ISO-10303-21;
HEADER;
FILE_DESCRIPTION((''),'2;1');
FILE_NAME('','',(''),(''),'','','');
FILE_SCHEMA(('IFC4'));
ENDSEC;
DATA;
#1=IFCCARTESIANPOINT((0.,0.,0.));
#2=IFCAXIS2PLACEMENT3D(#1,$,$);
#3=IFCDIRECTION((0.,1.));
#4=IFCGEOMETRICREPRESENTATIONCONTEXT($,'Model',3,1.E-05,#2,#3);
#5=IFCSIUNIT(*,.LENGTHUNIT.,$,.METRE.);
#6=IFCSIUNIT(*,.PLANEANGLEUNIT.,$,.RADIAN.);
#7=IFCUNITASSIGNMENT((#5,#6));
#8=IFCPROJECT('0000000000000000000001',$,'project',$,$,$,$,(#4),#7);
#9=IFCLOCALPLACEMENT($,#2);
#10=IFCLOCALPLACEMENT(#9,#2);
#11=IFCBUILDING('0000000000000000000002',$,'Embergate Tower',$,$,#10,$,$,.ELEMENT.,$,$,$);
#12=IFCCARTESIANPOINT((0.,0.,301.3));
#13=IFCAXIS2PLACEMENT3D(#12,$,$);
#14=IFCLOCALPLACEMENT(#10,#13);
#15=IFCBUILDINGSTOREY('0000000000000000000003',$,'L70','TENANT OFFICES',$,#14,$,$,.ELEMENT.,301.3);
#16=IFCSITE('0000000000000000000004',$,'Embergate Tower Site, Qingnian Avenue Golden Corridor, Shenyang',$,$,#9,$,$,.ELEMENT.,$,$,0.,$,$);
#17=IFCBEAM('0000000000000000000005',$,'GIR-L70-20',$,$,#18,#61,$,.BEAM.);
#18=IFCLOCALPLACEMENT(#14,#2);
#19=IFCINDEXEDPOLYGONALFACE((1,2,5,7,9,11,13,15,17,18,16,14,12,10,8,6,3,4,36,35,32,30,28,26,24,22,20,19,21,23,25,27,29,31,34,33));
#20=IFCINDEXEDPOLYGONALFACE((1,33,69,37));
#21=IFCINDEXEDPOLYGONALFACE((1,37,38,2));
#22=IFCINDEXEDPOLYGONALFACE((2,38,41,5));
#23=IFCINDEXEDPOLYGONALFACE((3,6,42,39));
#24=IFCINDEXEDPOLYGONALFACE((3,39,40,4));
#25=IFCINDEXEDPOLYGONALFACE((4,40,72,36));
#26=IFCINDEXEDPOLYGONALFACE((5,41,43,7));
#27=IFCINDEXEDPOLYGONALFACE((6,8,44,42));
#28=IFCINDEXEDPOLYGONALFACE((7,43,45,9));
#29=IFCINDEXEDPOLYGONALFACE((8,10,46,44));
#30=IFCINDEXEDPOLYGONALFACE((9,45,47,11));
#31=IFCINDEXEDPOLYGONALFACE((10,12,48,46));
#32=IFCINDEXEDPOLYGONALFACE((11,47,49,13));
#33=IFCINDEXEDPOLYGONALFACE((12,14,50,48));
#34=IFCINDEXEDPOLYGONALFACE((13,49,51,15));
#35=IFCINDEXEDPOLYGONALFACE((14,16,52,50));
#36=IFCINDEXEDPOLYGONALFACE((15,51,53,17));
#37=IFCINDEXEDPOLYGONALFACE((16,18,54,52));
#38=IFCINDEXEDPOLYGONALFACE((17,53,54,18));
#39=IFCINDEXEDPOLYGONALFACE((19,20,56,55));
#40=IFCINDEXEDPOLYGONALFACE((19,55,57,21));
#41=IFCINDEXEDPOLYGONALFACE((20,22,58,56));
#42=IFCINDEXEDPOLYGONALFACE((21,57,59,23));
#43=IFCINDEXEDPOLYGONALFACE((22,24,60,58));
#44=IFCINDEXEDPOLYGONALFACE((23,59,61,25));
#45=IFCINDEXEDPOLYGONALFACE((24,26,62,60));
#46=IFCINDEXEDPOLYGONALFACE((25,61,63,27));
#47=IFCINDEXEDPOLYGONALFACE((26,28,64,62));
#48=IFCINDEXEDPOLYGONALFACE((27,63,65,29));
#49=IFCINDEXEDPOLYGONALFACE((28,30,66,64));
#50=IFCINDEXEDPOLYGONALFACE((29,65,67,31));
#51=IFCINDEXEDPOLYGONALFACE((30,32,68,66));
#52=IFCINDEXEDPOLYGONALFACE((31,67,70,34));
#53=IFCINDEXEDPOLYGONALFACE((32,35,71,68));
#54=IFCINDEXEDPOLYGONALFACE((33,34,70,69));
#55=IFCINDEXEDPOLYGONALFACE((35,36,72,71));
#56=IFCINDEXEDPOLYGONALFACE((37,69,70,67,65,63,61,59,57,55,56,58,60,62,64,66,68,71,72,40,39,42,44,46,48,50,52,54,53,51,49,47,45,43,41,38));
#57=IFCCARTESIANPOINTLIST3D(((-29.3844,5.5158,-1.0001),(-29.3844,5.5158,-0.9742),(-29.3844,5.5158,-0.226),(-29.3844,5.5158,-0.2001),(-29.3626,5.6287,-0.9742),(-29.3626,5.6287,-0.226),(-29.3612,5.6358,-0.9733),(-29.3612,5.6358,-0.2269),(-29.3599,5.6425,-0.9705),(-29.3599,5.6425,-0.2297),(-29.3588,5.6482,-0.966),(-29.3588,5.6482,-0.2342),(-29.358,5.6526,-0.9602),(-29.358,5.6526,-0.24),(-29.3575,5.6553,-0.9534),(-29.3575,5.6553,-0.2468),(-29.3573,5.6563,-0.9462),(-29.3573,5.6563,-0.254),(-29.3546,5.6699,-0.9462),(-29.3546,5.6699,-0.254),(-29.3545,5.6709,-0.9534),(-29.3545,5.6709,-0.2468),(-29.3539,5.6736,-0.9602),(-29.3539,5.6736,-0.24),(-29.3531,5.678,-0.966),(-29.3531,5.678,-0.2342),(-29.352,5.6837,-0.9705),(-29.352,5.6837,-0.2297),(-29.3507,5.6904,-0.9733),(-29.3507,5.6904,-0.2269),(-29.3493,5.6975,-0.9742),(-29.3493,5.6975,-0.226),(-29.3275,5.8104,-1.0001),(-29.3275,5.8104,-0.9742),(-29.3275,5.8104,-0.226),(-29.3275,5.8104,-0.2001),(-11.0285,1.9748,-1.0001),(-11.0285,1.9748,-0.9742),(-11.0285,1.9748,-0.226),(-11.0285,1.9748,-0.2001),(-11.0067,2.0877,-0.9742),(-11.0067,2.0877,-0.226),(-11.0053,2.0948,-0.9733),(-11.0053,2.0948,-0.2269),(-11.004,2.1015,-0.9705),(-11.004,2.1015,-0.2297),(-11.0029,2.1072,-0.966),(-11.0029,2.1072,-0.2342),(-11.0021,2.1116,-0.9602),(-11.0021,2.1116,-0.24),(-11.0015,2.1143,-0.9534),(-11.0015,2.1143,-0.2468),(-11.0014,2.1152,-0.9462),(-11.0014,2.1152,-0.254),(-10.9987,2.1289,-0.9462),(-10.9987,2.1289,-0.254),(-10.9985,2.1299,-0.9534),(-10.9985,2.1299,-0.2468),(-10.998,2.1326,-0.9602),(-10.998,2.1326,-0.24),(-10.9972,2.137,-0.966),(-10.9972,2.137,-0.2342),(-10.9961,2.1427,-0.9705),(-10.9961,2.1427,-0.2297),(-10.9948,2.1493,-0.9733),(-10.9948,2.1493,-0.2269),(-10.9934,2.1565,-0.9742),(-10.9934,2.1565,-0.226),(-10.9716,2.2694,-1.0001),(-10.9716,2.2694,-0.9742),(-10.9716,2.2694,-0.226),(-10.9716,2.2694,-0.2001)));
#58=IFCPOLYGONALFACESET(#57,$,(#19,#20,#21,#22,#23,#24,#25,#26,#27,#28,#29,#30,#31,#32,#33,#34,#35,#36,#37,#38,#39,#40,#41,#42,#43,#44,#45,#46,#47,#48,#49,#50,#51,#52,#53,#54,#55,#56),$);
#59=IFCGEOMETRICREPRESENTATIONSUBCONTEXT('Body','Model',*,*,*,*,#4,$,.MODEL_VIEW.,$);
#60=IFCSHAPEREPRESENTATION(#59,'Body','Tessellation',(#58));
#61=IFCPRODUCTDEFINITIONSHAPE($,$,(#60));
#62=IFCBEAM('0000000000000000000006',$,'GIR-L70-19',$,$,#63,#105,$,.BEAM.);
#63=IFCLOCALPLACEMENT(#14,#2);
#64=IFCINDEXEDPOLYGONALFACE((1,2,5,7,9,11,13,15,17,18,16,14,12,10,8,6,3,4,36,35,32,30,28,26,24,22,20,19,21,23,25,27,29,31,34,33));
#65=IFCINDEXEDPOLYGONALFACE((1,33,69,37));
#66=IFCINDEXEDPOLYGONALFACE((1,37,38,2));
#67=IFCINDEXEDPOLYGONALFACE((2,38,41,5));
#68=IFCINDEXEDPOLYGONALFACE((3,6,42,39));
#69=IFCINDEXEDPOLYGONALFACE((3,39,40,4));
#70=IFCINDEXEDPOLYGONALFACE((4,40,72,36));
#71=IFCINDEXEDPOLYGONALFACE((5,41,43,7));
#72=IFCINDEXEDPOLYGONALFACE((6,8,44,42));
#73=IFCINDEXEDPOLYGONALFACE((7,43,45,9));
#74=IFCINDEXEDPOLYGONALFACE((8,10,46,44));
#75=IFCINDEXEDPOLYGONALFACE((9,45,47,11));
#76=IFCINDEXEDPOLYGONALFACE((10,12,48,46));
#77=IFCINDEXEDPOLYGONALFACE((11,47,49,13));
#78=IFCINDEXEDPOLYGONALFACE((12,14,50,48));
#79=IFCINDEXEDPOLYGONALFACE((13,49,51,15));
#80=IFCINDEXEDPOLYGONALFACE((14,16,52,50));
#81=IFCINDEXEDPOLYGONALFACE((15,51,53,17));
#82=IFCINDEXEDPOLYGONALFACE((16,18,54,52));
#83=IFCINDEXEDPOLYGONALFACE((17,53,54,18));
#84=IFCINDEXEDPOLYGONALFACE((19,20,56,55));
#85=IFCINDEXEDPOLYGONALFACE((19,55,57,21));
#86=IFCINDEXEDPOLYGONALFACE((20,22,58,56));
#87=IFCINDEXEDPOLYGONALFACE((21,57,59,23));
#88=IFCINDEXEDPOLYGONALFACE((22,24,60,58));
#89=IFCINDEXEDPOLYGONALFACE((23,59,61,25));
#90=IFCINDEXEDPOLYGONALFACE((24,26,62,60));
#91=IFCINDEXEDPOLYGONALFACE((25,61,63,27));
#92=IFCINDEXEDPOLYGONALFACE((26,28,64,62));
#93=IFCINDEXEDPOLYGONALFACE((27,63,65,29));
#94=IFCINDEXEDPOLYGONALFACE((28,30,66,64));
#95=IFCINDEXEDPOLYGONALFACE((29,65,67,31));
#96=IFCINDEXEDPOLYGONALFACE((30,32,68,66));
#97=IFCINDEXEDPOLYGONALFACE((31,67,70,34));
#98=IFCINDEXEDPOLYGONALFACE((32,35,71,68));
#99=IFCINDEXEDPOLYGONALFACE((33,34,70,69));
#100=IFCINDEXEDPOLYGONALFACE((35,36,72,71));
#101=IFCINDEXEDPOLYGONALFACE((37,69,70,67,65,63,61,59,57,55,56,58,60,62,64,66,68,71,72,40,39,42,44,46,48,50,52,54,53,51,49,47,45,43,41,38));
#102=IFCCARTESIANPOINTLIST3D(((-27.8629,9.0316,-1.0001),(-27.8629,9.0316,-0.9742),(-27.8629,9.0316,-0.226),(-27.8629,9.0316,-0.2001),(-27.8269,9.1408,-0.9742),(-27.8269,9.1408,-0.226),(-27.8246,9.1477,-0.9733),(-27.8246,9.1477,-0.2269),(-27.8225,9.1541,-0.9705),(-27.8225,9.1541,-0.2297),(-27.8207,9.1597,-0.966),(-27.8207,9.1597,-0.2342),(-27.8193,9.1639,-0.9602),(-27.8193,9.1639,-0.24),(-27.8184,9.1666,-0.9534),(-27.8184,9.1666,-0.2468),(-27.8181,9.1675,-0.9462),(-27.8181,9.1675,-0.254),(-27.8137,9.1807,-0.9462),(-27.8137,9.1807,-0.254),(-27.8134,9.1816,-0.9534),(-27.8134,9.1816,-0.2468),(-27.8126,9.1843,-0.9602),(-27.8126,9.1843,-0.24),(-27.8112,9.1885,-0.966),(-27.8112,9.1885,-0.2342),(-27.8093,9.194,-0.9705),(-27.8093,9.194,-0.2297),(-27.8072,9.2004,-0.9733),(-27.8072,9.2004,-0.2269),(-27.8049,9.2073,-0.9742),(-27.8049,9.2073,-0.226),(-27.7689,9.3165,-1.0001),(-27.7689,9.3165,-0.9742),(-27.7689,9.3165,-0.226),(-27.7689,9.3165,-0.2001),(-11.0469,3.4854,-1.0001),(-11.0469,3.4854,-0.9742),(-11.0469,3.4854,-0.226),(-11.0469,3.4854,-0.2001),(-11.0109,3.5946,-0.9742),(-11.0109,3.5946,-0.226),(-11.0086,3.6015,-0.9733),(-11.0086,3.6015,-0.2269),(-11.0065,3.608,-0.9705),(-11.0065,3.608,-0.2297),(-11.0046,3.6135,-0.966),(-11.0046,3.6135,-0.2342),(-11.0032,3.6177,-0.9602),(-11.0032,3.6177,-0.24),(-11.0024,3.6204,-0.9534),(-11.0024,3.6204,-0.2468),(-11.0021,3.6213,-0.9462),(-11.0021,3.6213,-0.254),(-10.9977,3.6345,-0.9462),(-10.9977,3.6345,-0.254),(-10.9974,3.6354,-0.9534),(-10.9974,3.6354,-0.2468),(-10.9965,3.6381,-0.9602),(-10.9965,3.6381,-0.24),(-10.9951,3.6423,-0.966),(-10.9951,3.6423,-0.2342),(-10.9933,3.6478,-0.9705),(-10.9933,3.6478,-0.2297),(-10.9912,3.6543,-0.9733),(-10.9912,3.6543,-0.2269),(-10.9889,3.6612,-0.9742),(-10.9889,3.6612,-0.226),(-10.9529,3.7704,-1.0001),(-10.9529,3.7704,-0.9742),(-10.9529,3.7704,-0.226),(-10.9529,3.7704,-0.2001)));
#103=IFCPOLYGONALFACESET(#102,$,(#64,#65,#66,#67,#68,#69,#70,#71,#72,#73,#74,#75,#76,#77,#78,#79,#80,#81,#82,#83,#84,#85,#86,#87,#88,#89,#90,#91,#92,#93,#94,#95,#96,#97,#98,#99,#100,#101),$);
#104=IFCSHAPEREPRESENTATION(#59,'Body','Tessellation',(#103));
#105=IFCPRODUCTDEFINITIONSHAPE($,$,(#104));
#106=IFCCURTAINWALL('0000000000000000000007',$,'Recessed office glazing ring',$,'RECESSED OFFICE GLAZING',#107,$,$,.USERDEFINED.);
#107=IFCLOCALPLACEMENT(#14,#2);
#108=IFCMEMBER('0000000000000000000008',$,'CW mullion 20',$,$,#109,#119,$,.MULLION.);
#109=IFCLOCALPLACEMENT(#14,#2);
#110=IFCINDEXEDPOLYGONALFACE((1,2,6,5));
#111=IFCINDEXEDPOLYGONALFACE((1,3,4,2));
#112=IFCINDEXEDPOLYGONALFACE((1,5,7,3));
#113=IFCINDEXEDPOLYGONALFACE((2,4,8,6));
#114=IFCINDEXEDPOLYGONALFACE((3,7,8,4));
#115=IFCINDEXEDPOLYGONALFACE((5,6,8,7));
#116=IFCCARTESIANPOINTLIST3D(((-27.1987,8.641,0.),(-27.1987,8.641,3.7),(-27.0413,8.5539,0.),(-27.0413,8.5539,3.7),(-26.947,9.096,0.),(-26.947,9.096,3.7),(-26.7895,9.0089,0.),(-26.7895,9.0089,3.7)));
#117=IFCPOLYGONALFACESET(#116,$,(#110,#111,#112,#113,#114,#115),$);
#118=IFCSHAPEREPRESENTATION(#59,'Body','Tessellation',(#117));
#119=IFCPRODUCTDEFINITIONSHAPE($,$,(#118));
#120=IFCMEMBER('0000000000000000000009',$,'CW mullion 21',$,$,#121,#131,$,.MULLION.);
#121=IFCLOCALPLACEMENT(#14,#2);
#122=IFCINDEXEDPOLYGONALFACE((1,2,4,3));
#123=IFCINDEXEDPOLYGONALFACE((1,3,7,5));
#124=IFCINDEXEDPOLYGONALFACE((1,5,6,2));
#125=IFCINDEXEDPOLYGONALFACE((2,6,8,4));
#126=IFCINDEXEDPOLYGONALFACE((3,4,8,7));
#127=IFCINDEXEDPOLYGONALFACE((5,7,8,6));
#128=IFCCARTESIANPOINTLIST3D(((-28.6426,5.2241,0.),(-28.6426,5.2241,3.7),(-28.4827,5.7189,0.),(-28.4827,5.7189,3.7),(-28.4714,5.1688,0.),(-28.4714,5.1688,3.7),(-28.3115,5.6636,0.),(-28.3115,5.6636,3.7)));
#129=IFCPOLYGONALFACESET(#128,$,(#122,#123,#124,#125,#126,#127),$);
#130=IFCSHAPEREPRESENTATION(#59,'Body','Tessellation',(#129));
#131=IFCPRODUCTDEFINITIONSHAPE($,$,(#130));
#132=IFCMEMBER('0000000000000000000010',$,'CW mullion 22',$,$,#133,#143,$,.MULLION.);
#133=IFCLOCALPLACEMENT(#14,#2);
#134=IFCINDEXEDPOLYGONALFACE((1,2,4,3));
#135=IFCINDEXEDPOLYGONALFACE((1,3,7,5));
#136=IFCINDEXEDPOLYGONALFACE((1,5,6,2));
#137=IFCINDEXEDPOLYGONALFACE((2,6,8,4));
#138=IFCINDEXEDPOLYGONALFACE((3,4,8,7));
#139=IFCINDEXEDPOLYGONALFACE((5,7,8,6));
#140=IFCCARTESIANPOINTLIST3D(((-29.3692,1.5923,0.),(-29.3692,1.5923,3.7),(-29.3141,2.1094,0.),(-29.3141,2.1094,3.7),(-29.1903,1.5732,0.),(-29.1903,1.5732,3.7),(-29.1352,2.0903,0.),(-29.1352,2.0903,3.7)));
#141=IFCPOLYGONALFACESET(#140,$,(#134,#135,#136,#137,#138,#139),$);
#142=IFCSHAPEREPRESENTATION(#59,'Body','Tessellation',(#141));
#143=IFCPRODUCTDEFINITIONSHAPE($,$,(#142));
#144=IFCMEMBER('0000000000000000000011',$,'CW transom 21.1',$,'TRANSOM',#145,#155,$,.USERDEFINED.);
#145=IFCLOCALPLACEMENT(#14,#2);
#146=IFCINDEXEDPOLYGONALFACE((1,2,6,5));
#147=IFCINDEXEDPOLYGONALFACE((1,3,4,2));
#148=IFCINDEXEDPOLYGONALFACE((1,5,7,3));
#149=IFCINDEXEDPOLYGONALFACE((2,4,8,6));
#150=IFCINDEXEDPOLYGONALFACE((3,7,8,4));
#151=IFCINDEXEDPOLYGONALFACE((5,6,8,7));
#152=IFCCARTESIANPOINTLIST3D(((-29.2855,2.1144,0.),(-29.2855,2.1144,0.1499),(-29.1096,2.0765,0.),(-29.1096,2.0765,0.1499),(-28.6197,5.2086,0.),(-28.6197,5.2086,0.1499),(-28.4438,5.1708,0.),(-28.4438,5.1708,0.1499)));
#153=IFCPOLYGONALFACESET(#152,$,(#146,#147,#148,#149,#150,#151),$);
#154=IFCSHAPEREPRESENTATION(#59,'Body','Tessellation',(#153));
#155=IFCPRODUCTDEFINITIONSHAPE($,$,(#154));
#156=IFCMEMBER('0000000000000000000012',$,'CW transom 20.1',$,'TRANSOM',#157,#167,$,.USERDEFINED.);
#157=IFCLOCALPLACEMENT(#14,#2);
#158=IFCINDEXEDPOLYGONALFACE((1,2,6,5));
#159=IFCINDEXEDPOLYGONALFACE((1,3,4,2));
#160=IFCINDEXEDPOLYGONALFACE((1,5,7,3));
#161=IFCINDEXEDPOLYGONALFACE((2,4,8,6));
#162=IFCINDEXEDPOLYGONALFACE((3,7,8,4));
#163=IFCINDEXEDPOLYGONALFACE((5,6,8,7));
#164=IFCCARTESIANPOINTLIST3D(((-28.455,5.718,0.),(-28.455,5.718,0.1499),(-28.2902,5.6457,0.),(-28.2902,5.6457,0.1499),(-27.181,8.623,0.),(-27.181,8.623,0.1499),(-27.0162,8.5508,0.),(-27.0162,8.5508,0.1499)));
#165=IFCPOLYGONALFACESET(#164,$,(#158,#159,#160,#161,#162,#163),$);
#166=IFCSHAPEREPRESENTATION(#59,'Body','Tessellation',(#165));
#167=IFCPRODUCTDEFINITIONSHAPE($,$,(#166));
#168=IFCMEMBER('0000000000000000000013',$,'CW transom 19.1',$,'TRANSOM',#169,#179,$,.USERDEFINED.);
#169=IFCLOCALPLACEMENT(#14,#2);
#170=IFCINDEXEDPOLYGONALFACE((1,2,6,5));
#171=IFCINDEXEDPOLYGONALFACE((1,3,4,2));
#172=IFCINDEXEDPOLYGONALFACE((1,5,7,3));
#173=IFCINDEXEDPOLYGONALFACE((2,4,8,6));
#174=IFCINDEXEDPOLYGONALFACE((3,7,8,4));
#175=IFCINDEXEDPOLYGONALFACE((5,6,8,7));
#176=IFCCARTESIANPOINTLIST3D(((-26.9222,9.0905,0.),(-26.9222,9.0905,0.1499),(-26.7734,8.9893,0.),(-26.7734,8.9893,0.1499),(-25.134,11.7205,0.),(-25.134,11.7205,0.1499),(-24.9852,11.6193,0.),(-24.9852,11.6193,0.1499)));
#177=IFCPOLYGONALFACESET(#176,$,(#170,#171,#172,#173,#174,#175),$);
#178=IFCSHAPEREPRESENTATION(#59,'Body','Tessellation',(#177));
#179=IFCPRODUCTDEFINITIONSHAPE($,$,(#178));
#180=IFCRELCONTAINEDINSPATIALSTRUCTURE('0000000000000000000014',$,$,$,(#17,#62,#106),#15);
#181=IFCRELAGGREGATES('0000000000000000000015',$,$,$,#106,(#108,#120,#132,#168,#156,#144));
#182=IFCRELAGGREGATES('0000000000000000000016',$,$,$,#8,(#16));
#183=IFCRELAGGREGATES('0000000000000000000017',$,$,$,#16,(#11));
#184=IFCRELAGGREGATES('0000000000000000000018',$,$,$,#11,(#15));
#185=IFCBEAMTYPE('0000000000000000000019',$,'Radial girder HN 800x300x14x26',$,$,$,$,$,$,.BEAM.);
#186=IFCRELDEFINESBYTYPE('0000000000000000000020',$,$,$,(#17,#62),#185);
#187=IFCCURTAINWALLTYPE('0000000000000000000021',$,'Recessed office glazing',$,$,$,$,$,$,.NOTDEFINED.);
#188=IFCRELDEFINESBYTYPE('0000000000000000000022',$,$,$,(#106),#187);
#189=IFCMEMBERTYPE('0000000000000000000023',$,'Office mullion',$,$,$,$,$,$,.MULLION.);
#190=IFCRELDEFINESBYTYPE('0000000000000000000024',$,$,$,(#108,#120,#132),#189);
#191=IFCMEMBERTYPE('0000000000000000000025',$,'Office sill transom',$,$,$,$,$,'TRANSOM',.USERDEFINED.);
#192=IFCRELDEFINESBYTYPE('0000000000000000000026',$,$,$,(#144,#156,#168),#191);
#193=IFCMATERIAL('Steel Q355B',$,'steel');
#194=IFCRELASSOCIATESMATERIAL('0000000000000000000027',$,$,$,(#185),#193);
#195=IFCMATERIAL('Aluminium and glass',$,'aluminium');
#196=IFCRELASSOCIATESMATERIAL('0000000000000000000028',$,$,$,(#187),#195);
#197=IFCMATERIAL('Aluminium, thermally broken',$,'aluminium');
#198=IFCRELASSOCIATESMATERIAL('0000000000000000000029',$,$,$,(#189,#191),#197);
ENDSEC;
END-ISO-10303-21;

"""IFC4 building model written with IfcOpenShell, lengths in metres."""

from ifc_helpers import new_model, si_unit, direction, frame, origin, origin_2d, place, context, subcontext, project, spatial, rectangle, i_section, extrude, source, transform, mapped, material, material_profile, profile_set, type_object, element, aggregate, save


model = new_model("IFC4")

# Units and contexts
model_context = context("Model", 3, precision=1e-05, world=origin(), true_north=direction((0.0, 1.0)))
body_context = subcontext(model_context, "Body", "Model", "MODEL_VIEW")
ifc_project = project(units=[si_unit("LENGTHUNIT", "METRE"), si_unit("PLANEANGLEUNIT", "RADIAN")], contexts=[model_context])

# Site, building, storey
site_placement = place(None, origin())
site = spatial("IfcSite", under=ifc_project, at=site_placement, Name="Embergate Tower Site, Qingnian Avenue Golden Corridor, Shenyang", CompositionType="ELEMENT", RefElevation=0.0)
building_placement = place(site_placement, origin())
building = spatial("IfcBuilding", under=site, at=building_placement, Name="Embergate Tower", CompositionType="ELEMENT")
storey_placement = place(building_placement, frame((0.0, 0.0, 301.3)))
storey = spatial("IfcBuildingStorey", under=building, at=storey_placement, Name="L70", Description="TENANT OFFICES", CompositionType="ELEMENT", Elevation=301.3)

# Beams
ifc_material_1 = material(Name="Steel Q355B", Category="steel")
ifc_material_profile_1 = material_profile(ifc_material_1, i_section(OverallWidth=0.3, OverallDepth=0.8, WebThickness=0.0139, FlangeThickness=0.0259, FilletRadius=0.0281, at=origin_2d()), Name="HN 800x300x14x26")
ifc_profile_set_1 = profile_set([ifc_material_profile_1], Name="Steel Q355 grade B")
beam_type_1 = type_object("IfcBeamType", Name="Radial girder HN 800x300x14x26", PredefinedType="BEAM", material=ifc_profile_set_1)
shared_shape_1 = source(origin(), body_context, "Body", "SweptSolid", [
    extrude(i_section(OverallWidth=0.3, OverallDepth=0.8, WebThickness=0.0139, FlangeThickness=0.0259, FilletRadius=0.0281, at=origin_2d()), origin(), (0.0, 0.0, 1.0), 18.6943),
])
beam_1_placement = place(storey_placement, frame((-29.356, 5.6631, -0.6001), z_axis=(0.981897, -0.189416, 0.0), x_axis=(0.189416, 0.981897, 0.0)))
element("IfcBeam", 1, at=beam_1_placement, inside=storey, type_object=beam_type_1, Name="GIR-L70-20", PredefinedType="BEAM", context=body_context, shape_type="MappedRepresentation", body=[
    mapped(shared_shape_1, transform((0.0, 0.0, 0.0))),
])
shared_shape_2 = source(origin(), body_context, "Body", "SweptSolid", [
    extrude(i_section(OverallWidth=0.3, OverallDepth=0.8, WebThickness=0.0139, FlangeThickness=0.0259, FilletRadius=0.0281, at=origin_2d()), origin(), (0.0, 0.0, 1.0), 17.707),
])
beam_2_placement = place(storey_placement, frame((-27.8159, 9.1741, -0.6001), z_axis=(0.949681, -0.313219, 0.0), x_axis=(0.313219, 0.949681, 0.0)))
element("IfcBeam", 2, at=beam_2_placement, inside=storey, type_object=beam_type_1, Name="GIR-L70-19", PredefinedType="BEAM", context=body_context, shape_type="MappedRepresentation", body=[
    mapped(shared_shape_2, transform((0.0, 0.0, 0.0))),
])

# Curtain wall, members
ifc_material_2 = material(Name="Aluminium and glass", Category="aluminium")
curtain_wall_type = type_object("IfcCurtainWallType", Name="Recessed office glazing", PredefinedType="NOTDEFINED", material=ifc_material_2)
curtain_wall_placement = place(storey_placement, origin())
curtain_wall = element("IfcCurtainWall", 3, at=curtain_wall_placement, inside=storey, type_object=curtain_wall_type, Name="Recessed office glazing ring", ObjectType="RECESSED OFFICE GLAZING", PredefinedType="USERDEFINED")
ifc_material_3 = material(Name="Aluminium, thermally broken", Category="aluminium")
ifc_material_profile_2 = material_profile(ifc_material_3, rectangle(XDim=0.1799, YDim=0.52, at=origin_2d()), Name="AL 520x180")
ifc_profile_set_2 = profile_set([ifc_material_profile_2], Name="Aluminium, thermally broken")
member_type_1 = type_object("IfcMemberType", Name="Office mullion", PredefinedType="MULLION", material=ifc_profile_set_2)
shared_shape_3 = source(origin(), body_context, "Body", "SweptSolid", [
    extrude(rectangle(XDim=0.1799, YDim=0.52, at=origin_2d()), origin(), (0.0, 0.0, 1.0), 3.7),
])
member_1_placement = place(storey_placement, frame((-26.9941, 8.825, 0.0), z_axis=(0.0, 0.0, 1.0), x_axis=(0.874993, -0.484135, 0.0)))
member_1 = element("IfcMember", 4, at=member_1_placement, type_object=member_type_1, Name="CW mullion 20", PredefinedType="MULLION", context=body_context, shape_type="MappedRepresentation", body=[
    mapped(shared_shape_3, transform((0.0, 0.0, 0.0))),
])
member_2_placement = place(storey_placement, frame((-28.4771, 5.4438, 0.0), z_axis=(0.0, 0.0, 1.0), x_axis=(0.951493, -0.307671, 0.0)))
member_2 = element("IfcMember", 5, at=member_2_placement, type_object=member_type_1, Name="CW mullion 21", PredefinedType="MULLION", context=body_context, shape_type="MappedRepresentation", body=[
    mapped(shared_shape_3, transform((0.0, 0.0, 0.0))),
])
member_3_placement = place(storey_placement, frame((-29.2522, 1.8413, 0.0), z_axis=(0.0, 0.0, 1.0), x_axis=(0.994384, -0.10583, 0.0)))
member_3 = element("IfcMember", 6, at=member_3_placement, type_object=member_type_1, Name="CW mullion 22", PredefinedType="MULLION", context=body_context, shape_type="MappedRepresentation", body=[
    mapped(shared_shape_3, transform((0.0, 0.0, 0.0))),
])
ifc_material_profile_3 = material_profile(ifc_material_3, rectangle(XDim=0.1799, YDim=0.1499, at=origin_2d()), Name="AL 150x180")
ifc_profile_set_3 = profile_set([ifc_material_profile_3], Name="Aluminium, thermally broken")
member_type_2 = type_object("IfcMemberType", Name="Office sill transom", ElementType="TRANSOM", PredefinedType="USERDEFINED", material=ifc_profile_set_3)
shared_shape_4 = source(origin(), body_context, "Body", "SweptSolid", [
    extrude(rectangle(XDim=0.1799, YDim=0.1499, at=origin_2d()), origin(), (0.0, 0.0, 1.0), 3.165),
])
member_4_placement = place(storey_placement, frame((-28.5317, 5.1897, 0.075), z_axis=(-0.210351, -0.977626, 0.0), x_axis=(0.977626, -0.210351, 0.0)))
member_4 = element("IfcMember", 7, at=member_4_placement, type_object=member_type_2, Name="CW transom 21.1", ObjectType="TRANSOM", PredefinedType="USERDEFINED", context=body_context, shape_type="MappedRepresentation", body=[
    mapped(shared_shape_4, transform((0.0, 0.0, 0.0))),
])
shared_shape_5 = source(origin(), body_context, "Body", "SweptSolid", [
    extrude(rectangle(XDim=0.1799, YDim=0.1499, at=origin_2d()), origin(), (0.0, 0.0, 1.0), 3.1721),
])
member_5_placement = place(storey_placement, frame((-27.0986, 8.5869, 0.075), z_axis=(-0.401606, -0.915813, 0.0), x_axis=(0.915813, -0.401606, 0.0)))
member_5 = element("IfcMember", 8, at=member_5_placement, type_object=member_type_2, Name="CW transom 20.1", ObjectType="TRANSOM", PredefinedType="USERDEFINED", context=body_context, shape_type="MappedRepresentation", body=[
    mapped(shared_shape_5, transform((0.0, 0.0, 0.0))),
])
shared_shape_6 = source(origin(), body_context, "Body", "SweptSolid", [
    extrude(rectangle(XDim=0.1799, YDim=0.1499, at=origin_2d()), origin(), (0.0, 0.0, 1.0), 3.1804),
])
member_6_placement = place(storey_placement, frame((-25.0596, 11.6699, 0.075), z_axis=(-0.562276, -0.826949, 0.0), x_axis=(0.826949, -0.562276, 0.0)))
member_6 = element("IfcMember", 9, at=member_6_placement, type_object=member_type_2, Name="CW transom 19.1", ObjectType="TRANSOM", PredefinedType="USERDEFINED", context=body_context, shape_type="MappedRepresentation", body=[
    mapped(shared_shape_6, transform((0.0, 0.0, 0.0))),
])
aggregate(curtain_wall, [member_1, member_2, member_3, member_6, member_5, member_4])

save(model, "model.ifc")
